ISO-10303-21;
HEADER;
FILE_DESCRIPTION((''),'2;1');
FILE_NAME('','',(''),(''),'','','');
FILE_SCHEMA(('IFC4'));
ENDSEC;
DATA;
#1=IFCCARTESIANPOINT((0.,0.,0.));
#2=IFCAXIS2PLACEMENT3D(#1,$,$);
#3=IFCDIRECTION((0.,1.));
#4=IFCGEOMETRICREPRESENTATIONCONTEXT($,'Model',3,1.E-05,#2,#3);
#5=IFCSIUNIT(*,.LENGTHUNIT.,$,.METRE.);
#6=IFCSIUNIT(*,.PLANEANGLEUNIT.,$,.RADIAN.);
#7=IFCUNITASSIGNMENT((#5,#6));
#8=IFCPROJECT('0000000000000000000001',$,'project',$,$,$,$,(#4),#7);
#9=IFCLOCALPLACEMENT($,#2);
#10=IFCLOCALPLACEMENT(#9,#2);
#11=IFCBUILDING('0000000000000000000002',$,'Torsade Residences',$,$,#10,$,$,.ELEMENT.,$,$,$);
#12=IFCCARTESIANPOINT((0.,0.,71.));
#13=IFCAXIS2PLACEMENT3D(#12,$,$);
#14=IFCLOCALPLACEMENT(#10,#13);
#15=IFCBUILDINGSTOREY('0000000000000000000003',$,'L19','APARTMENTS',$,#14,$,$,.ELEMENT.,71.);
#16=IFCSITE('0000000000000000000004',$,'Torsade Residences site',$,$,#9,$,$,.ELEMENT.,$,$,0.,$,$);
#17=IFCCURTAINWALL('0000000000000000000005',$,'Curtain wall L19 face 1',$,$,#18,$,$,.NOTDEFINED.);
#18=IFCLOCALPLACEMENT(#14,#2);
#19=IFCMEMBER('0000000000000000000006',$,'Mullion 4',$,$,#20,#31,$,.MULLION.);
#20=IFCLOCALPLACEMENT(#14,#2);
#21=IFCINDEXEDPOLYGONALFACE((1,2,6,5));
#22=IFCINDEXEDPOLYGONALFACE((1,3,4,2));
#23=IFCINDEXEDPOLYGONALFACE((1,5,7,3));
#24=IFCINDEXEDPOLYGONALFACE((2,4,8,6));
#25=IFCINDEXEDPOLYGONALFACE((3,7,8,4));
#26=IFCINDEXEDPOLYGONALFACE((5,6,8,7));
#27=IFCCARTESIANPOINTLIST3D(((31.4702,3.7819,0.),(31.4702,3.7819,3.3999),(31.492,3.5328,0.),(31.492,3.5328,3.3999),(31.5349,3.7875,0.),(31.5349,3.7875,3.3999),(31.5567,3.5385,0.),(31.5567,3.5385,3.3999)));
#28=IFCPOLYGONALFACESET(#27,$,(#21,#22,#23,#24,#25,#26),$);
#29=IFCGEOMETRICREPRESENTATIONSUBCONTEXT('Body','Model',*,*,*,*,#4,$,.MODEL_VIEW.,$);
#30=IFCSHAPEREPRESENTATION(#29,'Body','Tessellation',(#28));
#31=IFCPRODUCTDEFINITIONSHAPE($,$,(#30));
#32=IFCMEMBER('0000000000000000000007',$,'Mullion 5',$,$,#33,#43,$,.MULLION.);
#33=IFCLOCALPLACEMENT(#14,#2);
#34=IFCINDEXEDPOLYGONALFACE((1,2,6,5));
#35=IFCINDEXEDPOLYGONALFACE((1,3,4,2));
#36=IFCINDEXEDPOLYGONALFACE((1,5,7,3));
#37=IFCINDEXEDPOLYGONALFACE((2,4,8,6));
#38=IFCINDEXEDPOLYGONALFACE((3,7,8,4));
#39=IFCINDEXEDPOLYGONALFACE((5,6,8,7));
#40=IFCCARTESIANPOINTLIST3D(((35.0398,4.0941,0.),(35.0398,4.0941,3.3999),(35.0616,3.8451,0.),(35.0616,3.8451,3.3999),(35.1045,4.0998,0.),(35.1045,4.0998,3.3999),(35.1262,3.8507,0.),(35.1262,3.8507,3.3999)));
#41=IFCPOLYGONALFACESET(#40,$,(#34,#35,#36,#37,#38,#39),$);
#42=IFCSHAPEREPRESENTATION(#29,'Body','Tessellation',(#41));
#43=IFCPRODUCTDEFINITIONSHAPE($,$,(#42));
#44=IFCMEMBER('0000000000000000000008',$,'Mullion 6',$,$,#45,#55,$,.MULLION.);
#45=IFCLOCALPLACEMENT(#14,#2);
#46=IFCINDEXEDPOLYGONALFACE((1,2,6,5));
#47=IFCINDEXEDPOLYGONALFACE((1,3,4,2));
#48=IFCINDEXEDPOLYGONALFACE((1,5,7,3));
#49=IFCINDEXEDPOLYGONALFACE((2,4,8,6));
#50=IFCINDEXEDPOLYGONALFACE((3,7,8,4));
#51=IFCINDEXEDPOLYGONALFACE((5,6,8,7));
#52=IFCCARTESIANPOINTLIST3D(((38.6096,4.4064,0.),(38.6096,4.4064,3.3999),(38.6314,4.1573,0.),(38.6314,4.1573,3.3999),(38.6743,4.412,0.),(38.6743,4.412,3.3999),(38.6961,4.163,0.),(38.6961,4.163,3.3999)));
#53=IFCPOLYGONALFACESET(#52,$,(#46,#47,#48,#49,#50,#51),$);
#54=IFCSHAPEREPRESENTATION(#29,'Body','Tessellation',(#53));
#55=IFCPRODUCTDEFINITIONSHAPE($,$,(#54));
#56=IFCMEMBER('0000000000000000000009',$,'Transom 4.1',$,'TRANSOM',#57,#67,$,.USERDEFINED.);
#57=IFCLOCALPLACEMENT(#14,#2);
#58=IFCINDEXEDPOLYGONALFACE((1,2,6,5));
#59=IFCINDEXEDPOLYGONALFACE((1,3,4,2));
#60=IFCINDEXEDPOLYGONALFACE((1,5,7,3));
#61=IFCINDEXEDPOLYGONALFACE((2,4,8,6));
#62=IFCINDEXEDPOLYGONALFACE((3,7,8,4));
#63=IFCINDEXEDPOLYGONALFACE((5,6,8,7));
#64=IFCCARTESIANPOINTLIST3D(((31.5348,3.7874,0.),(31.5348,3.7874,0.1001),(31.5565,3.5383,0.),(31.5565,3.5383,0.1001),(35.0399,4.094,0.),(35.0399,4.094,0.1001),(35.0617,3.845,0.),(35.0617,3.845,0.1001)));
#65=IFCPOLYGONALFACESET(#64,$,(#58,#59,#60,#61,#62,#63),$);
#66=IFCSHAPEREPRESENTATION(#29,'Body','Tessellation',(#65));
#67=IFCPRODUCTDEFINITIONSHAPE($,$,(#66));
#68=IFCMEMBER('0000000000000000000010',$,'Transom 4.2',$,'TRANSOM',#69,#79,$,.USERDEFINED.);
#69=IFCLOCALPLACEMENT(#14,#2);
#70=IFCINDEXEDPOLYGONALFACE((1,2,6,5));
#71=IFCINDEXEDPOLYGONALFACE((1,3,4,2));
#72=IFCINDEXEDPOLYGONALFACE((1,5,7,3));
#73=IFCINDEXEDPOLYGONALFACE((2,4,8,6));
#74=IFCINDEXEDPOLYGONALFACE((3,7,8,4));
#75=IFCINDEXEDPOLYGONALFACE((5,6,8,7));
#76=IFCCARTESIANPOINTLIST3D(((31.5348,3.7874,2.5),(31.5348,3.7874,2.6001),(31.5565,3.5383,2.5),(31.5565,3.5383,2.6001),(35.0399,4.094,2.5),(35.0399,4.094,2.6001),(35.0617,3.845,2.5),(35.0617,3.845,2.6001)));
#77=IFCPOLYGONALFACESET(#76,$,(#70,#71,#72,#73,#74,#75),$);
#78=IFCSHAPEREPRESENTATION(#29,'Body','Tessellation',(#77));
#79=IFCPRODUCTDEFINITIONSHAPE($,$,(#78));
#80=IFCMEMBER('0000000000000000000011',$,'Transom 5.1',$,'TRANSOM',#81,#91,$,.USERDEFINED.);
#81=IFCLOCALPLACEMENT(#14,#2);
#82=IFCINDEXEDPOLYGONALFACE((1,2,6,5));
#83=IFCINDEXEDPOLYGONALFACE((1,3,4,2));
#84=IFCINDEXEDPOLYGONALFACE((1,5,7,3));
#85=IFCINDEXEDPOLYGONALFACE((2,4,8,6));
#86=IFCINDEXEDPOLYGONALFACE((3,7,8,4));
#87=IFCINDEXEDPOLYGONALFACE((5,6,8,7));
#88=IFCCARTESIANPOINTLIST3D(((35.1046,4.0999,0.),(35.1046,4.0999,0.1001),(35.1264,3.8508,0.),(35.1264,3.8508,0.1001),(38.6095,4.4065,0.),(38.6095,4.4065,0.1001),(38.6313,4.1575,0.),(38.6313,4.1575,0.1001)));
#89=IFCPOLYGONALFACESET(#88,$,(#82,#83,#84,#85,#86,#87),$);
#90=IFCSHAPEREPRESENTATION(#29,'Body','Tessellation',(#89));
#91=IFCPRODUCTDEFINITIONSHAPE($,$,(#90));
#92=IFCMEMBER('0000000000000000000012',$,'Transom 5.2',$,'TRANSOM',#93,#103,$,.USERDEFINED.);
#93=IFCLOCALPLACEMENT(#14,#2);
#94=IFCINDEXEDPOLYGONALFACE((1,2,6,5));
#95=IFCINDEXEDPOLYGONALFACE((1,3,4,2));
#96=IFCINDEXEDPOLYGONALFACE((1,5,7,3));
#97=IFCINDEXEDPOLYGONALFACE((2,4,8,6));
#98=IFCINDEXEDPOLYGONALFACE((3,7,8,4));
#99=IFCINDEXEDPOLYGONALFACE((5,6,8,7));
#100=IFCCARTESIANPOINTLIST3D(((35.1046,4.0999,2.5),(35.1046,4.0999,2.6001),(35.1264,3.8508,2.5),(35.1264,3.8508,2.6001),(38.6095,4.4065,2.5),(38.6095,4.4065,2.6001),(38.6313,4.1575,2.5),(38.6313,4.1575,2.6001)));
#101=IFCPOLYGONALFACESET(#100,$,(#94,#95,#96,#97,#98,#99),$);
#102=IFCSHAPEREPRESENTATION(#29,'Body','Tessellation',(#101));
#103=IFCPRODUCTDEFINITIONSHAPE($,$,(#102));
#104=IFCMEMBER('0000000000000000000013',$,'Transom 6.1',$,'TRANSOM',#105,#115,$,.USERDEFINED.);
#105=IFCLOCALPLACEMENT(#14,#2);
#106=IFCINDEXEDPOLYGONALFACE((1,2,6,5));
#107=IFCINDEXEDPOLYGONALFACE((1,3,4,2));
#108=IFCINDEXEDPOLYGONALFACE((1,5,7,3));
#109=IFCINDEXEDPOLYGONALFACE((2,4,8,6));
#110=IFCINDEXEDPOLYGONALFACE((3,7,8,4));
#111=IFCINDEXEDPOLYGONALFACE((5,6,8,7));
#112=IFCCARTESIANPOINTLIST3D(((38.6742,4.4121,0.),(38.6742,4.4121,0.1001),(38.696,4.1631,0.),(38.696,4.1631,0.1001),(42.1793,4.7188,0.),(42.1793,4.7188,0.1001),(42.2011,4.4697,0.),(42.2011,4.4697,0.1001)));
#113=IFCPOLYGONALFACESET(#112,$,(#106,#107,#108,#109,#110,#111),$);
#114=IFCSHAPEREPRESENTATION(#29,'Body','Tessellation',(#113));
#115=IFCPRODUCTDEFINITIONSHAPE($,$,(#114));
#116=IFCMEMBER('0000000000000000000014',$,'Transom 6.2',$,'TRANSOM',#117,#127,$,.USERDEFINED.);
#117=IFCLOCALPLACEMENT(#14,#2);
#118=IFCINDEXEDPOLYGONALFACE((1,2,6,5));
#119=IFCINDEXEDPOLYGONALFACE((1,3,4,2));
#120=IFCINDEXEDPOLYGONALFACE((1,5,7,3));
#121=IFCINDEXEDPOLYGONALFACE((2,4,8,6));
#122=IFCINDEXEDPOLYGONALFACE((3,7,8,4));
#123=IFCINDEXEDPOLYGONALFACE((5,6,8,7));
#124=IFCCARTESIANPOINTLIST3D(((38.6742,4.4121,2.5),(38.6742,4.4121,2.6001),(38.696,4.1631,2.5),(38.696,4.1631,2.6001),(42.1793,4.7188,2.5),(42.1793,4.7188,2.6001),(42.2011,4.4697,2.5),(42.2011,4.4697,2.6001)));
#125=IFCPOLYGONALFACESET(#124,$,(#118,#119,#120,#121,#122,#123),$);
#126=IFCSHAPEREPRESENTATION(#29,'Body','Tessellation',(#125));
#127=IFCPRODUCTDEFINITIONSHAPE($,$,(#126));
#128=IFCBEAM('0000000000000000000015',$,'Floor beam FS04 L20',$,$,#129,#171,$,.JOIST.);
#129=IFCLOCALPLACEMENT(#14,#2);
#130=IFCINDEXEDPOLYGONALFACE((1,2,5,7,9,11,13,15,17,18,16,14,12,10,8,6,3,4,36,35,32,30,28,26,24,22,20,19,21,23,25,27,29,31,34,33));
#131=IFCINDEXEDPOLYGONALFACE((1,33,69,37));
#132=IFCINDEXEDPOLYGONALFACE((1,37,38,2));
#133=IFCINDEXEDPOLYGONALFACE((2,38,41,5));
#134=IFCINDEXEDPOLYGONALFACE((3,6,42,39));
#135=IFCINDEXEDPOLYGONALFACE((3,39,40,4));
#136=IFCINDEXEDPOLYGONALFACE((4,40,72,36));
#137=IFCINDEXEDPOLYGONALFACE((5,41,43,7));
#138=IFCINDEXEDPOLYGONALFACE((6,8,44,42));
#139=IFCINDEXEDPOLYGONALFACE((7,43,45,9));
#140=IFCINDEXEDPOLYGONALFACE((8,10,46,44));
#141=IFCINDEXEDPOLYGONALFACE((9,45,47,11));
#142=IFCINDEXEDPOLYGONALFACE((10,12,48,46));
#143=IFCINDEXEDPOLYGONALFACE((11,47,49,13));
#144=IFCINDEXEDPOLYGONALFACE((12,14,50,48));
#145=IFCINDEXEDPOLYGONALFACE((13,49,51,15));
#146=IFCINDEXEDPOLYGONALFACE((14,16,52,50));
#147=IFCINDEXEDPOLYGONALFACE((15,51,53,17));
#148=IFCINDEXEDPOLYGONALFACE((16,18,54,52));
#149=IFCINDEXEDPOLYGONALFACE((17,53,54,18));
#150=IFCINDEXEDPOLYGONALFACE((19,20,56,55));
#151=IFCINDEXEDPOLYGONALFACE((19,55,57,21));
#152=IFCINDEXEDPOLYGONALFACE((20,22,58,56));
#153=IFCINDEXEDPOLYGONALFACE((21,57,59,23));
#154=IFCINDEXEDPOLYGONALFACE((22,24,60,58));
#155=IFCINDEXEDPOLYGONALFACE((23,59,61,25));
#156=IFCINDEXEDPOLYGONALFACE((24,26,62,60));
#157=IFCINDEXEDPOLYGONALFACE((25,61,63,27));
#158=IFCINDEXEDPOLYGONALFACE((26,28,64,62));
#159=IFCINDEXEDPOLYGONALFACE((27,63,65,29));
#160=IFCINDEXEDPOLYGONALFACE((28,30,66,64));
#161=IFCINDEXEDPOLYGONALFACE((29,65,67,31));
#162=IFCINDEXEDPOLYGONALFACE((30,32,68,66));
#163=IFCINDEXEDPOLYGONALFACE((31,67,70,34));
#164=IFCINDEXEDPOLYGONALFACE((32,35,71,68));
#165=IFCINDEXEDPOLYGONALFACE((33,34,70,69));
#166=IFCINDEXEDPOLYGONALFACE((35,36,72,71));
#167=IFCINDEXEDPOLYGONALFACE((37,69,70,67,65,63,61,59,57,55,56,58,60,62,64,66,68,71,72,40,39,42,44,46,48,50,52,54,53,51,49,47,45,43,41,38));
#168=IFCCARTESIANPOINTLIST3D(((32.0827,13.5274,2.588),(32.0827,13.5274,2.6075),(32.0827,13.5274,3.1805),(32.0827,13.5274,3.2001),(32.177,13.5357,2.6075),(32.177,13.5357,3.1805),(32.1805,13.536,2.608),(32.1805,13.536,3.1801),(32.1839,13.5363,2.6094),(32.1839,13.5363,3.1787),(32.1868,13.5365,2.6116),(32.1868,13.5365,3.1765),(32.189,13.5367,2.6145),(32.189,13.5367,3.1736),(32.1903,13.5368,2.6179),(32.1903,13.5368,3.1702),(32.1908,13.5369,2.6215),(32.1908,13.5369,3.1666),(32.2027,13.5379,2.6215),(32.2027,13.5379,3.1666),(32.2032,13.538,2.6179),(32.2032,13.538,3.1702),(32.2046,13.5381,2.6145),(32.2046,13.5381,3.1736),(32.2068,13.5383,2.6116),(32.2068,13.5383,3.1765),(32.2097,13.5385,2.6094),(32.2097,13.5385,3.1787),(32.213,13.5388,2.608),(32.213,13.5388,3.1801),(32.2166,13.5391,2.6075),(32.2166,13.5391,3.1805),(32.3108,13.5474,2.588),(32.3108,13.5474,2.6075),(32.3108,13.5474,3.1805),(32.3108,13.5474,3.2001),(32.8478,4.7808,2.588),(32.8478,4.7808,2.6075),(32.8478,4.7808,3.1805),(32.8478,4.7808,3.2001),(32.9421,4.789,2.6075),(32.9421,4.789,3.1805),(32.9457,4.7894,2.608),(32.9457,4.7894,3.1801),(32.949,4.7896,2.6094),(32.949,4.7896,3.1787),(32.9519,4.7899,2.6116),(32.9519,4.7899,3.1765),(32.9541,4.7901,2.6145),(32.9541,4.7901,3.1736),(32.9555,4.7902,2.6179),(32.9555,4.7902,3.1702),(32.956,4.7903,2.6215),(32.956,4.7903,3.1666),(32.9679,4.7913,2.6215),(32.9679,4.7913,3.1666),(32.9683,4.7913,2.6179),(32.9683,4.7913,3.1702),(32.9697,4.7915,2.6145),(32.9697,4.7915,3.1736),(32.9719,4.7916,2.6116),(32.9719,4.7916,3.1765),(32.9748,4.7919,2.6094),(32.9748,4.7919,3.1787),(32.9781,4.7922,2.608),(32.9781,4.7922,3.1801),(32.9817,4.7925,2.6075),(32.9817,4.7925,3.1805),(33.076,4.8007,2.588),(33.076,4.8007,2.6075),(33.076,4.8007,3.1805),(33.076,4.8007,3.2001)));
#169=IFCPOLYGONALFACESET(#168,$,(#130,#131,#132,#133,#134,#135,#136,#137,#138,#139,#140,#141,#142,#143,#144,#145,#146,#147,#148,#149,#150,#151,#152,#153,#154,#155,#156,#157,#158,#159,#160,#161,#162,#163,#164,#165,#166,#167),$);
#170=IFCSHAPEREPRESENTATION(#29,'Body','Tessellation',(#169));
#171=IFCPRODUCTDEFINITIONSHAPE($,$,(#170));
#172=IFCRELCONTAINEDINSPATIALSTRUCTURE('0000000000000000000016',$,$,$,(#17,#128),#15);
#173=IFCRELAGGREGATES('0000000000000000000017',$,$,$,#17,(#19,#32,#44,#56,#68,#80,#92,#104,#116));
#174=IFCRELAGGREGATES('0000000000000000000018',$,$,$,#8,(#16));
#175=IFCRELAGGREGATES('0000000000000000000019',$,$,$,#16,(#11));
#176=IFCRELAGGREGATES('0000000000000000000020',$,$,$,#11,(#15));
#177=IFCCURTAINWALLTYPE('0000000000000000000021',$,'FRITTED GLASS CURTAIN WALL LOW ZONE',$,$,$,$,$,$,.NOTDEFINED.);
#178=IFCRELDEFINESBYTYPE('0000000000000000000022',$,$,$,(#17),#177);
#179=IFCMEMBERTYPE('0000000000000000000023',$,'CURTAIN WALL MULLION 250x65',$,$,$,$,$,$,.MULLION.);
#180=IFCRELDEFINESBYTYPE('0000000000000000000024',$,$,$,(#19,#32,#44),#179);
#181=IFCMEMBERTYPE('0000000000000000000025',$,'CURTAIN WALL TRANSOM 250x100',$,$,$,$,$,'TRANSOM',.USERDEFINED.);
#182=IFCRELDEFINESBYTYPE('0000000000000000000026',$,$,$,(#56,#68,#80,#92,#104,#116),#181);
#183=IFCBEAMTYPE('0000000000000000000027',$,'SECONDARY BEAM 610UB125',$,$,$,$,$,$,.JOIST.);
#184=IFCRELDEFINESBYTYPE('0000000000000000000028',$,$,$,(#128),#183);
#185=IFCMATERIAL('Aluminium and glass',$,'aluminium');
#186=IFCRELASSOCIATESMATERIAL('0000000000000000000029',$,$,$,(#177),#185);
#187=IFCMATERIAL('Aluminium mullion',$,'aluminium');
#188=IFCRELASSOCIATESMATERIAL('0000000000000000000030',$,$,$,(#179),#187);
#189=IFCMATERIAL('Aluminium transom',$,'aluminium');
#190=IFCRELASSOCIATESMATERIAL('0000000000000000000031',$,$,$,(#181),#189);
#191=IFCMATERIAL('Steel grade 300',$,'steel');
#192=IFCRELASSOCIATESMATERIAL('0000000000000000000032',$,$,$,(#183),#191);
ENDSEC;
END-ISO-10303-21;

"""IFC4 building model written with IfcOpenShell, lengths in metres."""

from ifc_helpers import new_model, si_unit, direction, frame, origin, origin_2d, place, context, subcontext, project, spatial, rectangle, i_section, extrude, material, material_profile, profile_set, type_object, element, aggregate, save


model = new_model("IFC4")

# Units and contexts
model_context = context("Model", 3, precision=1e-05, world=origin(), true_north=direction((0.0, 1.0)))
body_context = subcontext(model_context, "Body", "Model", "MODEL_VIEW")
ifc_project = project(units=[si_unit("LENGTHUNIT", "METRE"), si_unit("PLANEANGLEUNIT", "RADIAN")], contexts=[model_context])

# Site, building, storey
site_placement = place(None, origin())
site = spatial("IfcSite", under=ifc_project, at=site_placement, Name="Torsade Residences site", CompositionType="ELEMENT", RefElevation=0.0)
building_placement = place(site_placement, origin())
building = spatial("IfcBuilding", under=site, at=building_placement, Name="Torsade Residences", CompositionType="ELEMENT")
storey_placement = place(building_placement, frame((0.0, 0.0, 71.0)))
storey = spatial("IfcBuildingStorey", under=building, at=storey_placement, Name="L19", Description="APARTMENTS", CompositionType="ELEMENT", Elevation=71.0)

# Curtain wall, members
ifc_material_1 = material(Name="Aluminium and glass", Category="aluminium")
curtain_wall_type = type_object("IfcCurtainWallType", Name="FRITTED GLASS CURTAIN WALL LOW ZONE", PredefinedType="NOTDEFINED", material=ifc_material_1)
curtain_wall_placement = place(storey_placement, origin())
curtain_wall = element("IfcCurtainWall", 1, at=curtain_wall_placement, inside=storey, type_object=curtain_wall_type, Name="Curtain wall L19 face 1", PredefinedType="NOTDEFINED")
ifc_material_2 = material(Name="Aluminium mullion", Category="aluminium")
ifc_material_profile_1 = material_profile(ifc_material_2, rectangle(XDim=0.25, YDim=0.0649, at=origin_2d()), Name="CURTAIN WALL MULLION 250x65")
ifc_profile_set_1 = profile_set([ifc_material_profile_1], Name="Aluminium mullion")
member_type_1 = type_object("IfcMemberType", Name="CURTAIN WALL MULLION 250x65", PredefinedType="MULLION", material=ifc_profile_set_1)
member_1_placement = place(storey_placement, frame((31.5134, 3.6602, 0.0), z_axis=(0.0, 0.0, 1.0), x_axis=(-0.087156, 0.996195, 0.0)))
member_1 = element("IfcMember", 2, at=member_1_placement, type_object=member_type_1, Name="Mullion 4", PredefinedType="MULLION", context=body_context, shape_type="SweptSolid", body=[
    extrude(rectangle(XDim=0.25, YDim=0.0649, at=origin_2d()), origin(), (0.0, 0.0, 1.0), 3.3999),
])
member_2_placement = place(storey_placement, frame((35.083, 3.9724, 0.0), z_axis=(0.0, 0.0, 1.0), x_axis=(-0.087156, 0.996195, 0.0)))
member_2 = element("IfcMember", 3, at=member_2_placement, type_object=member_type_1, Name="Mullion 5", PredefinedType="MULLION", context=body_context, shape_type="SweptSolid", body=[
    extrude(rectangle(XDim=0.25, YDim=0.0649, at=origin_2d()), origin(), (0.0, 0.0, 1.0), 3.3999),
])
member_3_placement = place(storey_placement, frame((38.6528, 4.2847, 0.0), z_axis=(0.0, 0.0, 1.0), x_axis=(-0.087156, 0.996195, 0.0)))
member_3 = element("IfcMember", 4, at=member_3_placement, type_object=member_type_1, Name="Mullion 6", PredefinedType="MULLION", context=body_context, shape_type="SweptSolid", body=[
    extrude(rectangle(XDim=0.25, YDim=0.0649, at=origin_2d()), origin(), (0.0, 0.0, 1.0), 3.3999),
])
ifc_material_3 = material(Name="Aluminium transom", Category="aluminium")
ifc_material_profile_2 = material_profile(ifc_material_3, rectangle(XDim=0.25, YDim=0.1001, at=origin_2d()), Name="CURTAIN WALL TRANSOM 250x100")
ifc_profile_set_2 = profile_set([ifc_material_profile_2], Name="Aluminium transom")
member_type_2 = type_object("IfcMemberType", Name="CURTAIN WALL TRANSOM 250x100", ElementType="TRANSOM", PredefinedType="USERDEFINED", material=ifc_profile_set_2)
member_4_placement = place(storey_placement, frame((31.5457, 3.6628, 0.05), z_axis=(0.996195, 0.087151, 0.0), x_axis=(-0.087151, 0.996195, 0.0)))
member_4 = element("IfcMember", 5, at=member_4_placement, type_object=member_type_2, Name="Transom 4.1", ObjectType="TRANSOM", PredefinedType="USERDEFINED", context=body_context, shape_type="SweptSolid", body=[
    extrude(rectangle(XDim=0.25, YDim=0.1001, at=origin_2d()), origin(), (0.0, 0.0, 1.0), 3.5186),
])
member_5_placement = place(storey_placement, frame((31.5457, 3.6628, 2.55), z_axis=(0.996195, 0.087151, 0.0), x_axis=(-0.087151, 0.996195, 0.0)))
member_5 = element("IfcMember", 6, at=member_5_placement, type_object=member_type_2, Name="Transom 4.2", ObjectType="TRANSOM", PredefinedType="USERDEFINED", context=body_context, shape_type="SweptSolid", body=[
    extrude(rectangle(XDim=0.25, YDim=0.1001, at=origin_2d()), origin(), (0.0, 0.0, 1.0), 3.5186),
])
member_6_placement = place(storey_placement, frame((35.1155, 3.9753, 0.05), z_axis=(0.996195, 0.087157, 0.0), x_axis=(-0.087157, 0.996195, 0.0)))
member_6 = element("IfcMember", 7, at=member_6_placement, type_object=member_type_2, Name="Transom 5.1", ObjectType="TRANSOM", PredefinedType="USERDEFINED", context=body_context, shape_type="SweptSolid", body=[
    extrude(rectangle(XDim=0.25, YDim=0.1001, at=origin_2d()), origin(), (0.0, 0.0, 1.0), 3.5183),
])
member_7_placement = place(storey_placement, frame((35.1155, 3.9753, 2.55), z_axis=(0.996195, 0.087157, 0.0), x_axis=(-0.087157, 0.996195, 0.0)))
member_7 = element("IfcMember", 8, at=member_7_placement, type_object=member_type_2, Name="Transom 5.2", ObjectType="TRANSOM", PredefinedType="USERDEFINED", context=body_context, shape_type="SweptSolid", body=[
    extrude(rectangle(XDim=0.25, YDim=0.1001, at=origin_2d()), origin(), (0.0, 0.0, 1.0), 3.5183),
])
member_8_placement = place(storey_placement, frame((38.6851, 4.2876, 0.05), z_axis=(0.996195, 0.087151, 0.0), x_axis=(-0.087151, 0.996195, 0.0)))
member_8 = element("IfcMember", 9, at=member_8_placement, type_object=member_type_2, Name="Transom 6.1", ObjectType="TRANSOM", PredefinedType="USERDEFINED", context=body_context, shape_type="SweptSolid", body=[
    extrude(rectangle(XDim=0.25, YDim=0.1001, at=origin_2d()), origin(), (0.0, 0.0, 1.0), 3.5186),
])
member_9_placement = place(storey_placement, frame((38.6851, 4.2876, 2.55), z_axis=(0.996195, 0.087151, 0.0), x_axis=(-0.087151, 0.996195, 0.0)))
member_9 = element("IfcMember", 10, at=member_9_placement, type_object=member_type_2, Name="Transom 6.2", ObjectType="TRANSOM", PredefinedType="USERDEFINED", context=body_context, shape_type="SweptSolid", body=[
    extrude(rectangle(XDim=0.25, YDim=0.1001, at=origin_2d()), origin(), (0.0, 0.0, 1.0), 3.5186),
])

# Beam
ifc_material_4 = material(Name="Steel grade 300", Category="steel")
ifc_material_profile_3 = material_profile(ifc_material_4, i_section(OverallWidth=0.229, OverallDepth=0.6121, WebThickness=0.012, FlangeThickness=0.0195, FilletRadius=0.0139, at=origin_2d()), Name="610UB125")
ifc_profile_set_3 = profile_set([ifc_material_profile_3], Name="Steel grade 300")
beam_type_1 = type_object("IfcBeamType", Name="SECONDARY BEAM 610UB125", PredefinedType="JOIST", material=ifc_profile_set_3)
beam_1_placement = place(storey_placement, frame((32.9619, 4.7908, 2.894), z_axis=(-0.087146, 0.996196, 0.0), x_axis=(-0.996196, -0.087146, 0.0)))
element("IfcBeam", 11, at=beam_1_placement, inside=storey, type_object=beam_type_1, Name="Floor beam FS04 L20", PredefinedType="JOIST", context=body_context, shape_type="SweptSolid", body=[
    extrude(i_section(OverallWidth=0.229, OverallDepth=0.6121, WebThickness=0.012, FlangeThickness=0.0195, FilletRadius=0.0139, at=origin_2d()), origin(), (0.0, 0.0, 1.0), 8.78),
])

aggregate(curtain_wall, [member_1, member_2, member_3, member_4, member_5, member_6, member_7, member_8, member_9])

save(model, "model.ifc")
